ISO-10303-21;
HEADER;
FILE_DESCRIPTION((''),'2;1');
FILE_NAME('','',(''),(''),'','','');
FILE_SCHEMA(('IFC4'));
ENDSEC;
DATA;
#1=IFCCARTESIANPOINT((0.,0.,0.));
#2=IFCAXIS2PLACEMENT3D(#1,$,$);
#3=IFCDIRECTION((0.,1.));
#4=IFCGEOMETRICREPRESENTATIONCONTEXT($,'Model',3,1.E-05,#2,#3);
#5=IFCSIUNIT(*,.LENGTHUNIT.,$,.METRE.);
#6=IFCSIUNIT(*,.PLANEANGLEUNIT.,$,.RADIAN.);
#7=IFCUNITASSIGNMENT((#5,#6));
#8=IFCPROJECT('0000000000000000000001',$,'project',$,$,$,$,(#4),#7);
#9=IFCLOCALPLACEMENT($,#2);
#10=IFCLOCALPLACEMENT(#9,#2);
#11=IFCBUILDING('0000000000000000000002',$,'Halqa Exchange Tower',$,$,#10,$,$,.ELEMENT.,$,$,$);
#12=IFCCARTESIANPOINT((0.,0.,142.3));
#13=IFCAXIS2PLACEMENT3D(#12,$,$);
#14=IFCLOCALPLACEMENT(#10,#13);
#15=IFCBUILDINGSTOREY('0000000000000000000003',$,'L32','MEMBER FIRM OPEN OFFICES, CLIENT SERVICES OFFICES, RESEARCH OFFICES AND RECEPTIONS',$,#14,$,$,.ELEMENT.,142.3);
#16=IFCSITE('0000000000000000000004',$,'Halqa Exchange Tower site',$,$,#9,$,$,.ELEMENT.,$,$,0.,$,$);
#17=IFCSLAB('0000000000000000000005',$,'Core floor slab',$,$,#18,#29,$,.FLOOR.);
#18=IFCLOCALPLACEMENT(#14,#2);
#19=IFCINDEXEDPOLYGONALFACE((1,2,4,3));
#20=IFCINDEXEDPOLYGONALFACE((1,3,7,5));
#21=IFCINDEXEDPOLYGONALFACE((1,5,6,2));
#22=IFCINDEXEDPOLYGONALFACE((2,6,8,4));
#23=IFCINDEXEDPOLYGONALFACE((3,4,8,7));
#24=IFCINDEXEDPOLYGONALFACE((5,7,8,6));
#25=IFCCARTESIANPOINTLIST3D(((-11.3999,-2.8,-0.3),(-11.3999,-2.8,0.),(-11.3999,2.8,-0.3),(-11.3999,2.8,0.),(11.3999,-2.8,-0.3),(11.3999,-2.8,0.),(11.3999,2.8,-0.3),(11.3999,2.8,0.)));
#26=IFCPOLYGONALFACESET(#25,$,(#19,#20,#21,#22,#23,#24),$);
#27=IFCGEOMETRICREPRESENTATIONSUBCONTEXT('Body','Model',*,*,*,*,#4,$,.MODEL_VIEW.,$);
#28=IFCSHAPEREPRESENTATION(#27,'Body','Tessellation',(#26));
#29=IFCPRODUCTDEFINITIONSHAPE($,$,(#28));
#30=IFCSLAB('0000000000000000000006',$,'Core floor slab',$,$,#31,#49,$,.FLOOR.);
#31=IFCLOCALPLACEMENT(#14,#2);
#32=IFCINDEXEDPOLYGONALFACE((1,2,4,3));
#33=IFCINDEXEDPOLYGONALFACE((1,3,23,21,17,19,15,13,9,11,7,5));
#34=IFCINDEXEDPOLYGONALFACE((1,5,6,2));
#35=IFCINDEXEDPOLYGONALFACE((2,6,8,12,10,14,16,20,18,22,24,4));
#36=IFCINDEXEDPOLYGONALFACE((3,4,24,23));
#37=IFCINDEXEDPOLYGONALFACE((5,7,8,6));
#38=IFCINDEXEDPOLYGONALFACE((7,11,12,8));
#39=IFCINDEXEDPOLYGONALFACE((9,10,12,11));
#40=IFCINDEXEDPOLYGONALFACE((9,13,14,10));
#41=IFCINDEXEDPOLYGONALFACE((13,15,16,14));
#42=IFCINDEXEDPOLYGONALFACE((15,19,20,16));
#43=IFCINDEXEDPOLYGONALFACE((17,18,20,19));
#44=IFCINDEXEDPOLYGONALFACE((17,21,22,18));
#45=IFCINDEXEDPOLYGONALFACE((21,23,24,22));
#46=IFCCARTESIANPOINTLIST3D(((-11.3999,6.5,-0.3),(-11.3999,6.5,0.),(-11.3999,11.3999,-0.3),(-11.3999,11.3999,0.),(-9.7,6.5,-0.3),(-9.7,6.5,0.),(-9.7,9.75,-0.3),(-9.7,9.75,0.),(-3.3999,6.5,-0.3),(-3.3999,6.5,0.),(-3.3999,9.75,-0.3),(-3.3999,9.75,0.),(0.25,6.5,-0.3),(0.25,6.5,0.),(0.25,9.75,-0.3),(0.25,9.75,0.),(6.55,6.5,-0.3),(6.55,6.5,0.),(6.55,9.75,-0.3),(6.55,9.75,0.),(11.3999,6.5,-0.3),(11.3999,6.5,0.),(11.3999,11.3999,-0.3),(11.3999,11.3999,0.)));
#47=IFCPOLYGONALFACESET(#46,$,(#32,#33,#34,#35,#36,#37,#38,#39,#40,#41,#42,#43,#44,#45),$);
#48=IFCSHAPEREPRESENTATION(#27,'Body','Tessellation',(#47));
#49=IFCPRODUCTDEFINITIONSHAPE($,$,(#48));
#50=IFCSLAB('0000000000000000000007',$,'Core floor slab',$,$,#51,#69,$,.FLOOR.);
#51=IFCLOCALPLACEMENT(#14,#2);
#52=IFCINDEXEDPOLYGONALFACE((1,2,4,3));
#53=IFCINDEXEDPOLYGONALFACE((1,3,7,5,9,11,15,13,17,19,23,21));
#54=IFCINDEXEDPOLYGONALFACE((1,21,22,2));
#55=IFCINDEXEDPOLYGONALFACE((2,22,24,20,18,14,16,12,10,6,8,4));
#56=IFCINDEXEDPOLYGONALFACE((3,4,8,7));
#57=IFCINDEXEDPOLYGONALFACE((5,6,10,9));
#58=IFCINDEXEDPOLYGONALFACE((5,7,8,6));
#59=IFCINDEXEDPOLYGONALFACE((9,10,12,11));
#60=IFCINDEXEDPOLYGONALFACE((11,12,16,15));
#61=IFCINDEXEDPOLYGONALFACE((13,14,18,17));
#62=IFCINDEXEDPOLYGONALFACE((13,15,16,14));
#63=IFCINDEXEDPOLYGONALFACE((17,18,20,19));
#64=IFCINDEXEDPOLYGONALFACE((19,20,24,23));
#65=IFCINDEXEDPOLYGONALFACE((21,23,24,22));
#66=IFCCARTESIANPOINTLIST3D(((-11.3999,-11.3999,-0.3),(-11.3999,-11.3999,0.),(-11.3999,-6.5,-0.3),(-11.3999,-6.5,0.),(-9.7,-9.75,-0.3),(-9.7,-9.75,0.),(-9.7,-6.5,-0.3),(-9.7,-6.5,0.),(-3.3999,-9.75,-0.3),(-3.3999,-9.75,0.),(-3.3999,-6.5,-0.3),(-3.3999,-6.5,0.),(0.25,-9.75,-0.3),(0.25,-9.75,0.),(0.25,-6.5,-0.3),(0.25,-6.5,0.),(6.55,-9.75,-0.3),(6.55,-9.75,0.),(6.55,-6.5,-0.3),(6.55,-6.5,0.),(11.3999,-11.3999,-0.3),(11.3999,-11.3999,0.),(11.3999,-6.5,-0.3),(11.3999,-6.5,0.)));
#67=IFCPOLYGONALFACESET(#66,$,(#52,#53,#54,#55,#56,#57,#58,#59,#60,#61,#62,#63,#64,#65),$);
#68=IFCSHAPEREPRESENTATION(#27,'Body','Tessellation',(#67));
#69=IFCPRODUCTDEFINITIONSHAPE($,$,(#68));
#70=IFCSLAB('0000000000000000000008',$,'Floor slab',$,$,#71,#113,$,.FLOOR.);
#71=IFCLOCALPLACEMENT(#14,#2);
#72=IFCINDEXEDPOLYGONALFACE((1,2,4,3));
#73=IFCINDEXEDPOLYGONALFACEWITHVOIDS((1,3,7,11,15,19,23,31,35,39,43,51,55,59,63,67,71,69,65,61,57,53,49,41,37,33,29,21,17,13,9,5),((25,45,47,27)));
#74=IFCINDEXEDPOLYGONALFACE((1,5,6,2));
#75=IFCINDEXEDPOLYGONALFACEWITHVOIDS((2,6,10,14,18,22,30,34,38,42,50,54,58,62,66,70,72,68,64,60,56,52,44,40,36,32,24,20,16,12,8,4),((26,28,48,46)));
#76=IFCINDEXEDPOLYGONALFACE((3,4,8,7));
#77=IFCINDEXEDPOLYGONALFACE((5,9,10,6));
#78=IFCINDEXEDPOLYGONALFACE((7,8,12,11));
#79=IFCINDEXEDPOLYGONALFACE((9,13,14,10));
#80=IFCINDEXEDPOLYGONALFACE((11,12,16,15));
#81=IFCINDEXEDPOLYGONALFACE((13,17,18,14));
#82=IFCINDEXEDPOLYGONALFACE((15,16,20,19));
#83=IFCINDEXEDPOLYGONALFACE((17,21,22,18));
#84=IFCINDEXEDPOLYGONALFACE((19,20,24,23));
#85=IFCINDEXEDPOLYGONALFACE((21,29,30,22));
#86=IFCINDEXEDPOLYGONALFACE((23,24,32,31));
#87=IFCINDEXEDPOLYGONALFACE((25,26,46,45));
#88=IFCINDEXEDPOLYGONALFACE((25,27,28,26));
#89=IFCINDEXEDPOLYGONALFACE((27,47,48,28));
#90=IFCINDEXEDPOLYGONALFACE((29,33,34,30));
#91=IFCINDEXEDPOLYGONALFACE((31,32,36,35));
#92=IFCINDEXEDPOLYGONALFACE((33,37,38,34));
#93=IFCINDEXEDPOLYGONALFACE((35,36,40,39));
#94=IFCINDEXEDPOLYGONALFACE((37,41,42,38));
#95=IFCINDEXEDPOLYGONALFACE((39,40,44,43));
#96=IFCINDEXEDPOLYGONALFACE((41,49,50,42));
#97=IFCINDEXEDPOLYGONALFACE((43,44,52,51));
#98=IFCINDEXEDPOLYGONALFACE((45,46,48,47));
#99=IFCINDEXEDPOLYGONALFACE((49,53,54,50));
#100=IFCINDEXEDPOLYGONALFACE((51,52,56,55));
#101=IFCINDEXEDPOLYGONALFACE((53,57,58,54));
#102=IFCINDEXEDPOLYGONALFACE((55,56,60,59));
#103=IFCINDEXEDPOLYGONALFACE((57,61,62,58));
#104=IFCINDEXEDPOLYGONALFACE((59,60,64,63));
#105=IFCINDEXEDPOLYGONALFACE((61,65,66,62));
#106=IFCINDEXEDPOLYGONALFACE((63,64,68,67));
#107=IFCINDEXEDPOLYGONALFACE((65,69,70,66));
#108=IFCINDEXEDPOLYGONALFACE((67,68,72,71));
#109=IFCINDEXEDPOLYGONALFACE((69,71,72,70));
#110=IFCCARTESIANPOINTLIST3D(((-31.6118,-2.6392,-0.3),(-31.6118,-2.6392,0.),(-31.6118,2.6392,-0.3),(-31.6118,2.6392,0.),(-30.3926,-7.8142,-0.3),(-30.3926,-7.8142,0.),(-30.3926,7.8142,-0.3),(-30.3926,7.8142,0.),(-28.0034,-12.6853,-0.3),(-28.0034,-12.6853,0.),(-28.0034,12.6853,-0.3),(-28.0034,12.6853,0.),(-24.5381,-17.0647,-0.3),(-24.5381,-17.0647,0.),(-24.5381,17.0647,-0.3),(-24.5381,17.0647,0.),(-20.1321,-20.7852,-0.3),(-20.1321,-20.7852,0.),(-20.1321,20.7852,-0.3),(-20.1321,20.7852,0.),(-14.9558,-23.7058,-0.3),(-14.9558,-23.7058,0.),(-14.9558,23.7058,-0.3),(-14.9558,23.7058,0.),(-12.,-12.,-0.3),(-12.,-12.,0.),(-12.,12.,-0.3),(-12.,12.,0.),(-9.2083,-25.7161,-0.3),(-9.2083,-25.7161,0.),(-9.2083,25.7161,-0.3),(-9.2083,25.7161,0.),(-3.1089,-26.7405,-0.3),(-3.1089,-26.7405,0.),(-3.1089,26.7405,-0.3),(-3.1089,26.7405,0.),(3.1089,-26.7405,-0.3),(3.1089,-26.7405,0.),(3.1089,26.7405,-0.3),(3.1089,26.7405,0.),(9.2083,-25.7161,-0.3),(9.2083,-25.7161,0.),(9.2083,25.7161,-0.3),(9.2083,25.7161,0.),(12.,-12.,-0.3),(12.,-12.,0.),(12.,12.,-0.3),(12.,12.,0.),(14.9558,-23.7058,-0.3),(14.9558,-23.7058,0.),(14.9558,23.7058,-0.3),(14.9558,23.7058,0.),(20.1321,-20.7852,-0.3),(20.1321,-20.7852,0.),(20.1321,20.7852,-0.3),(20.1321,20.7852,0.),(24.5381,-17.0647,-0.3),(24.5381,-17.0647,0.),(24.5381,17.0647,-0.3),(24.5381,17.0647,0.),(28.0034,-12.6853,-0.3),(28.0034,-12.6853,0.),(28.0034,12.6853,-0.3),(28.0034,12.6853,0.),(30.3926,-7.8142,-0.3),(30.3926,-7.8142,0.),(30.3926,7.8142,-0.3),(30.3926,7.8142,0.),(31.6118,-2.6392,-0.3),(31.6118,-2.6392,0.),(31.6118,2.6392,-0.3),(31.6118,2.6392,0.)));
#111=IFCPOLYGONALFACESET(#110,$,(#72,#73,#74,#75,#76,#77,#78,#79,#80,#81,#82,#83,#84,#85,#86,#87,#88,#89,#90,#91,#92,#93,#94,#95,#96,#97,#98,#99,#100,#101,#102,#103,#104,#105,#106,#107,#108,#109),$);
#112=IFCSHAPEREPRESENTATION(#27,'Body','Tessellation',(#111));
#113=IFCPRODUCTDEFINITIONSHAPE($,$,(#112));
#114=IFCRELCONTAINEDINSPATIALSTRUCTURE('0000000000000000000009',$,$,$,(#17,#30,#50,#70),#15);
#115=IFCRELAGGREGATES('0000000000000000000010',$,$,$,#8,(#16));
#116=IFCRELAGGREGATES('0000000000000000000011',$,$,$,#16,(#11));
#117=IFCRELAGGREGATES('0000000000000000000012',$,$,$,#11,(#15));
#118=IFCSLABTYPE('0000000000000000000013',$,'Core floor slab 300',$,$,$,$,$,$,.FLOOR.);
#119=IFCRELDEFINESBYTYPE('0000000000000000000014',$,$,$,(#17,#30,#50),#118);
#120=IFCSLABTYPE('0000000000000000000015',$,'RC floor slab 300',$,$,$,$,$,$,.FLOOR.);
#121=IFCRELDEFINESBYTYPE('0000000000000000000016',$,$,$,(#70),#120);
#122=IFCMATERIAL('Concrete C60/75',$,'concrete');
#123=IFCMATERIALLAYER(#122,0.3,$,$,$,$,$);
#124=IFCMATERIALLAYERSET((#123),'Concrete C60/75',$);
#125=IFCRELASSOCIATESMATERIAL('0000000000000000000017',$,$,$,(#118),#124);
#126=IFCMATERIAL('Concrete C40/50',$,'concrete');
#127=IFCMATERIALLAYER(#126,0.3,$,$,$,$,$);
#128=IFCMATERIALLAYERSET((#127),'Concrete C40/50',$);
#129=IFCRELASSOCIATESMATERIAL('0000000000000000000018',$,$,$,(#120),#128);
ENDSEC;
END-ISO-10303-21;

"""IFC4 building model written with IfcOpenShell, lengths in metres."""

from ifc_helpers import new_model, si_unit, direction, frame, origin, place, context, subcontext, project, spatial, polyline, outline, extrude, material, layer, layer_set, type_object, element, save


model = new_model("IFC4")

# Units and contexts
model_context = context("Model", 3, precision=1e-05, world=origin(), true_north=direction((0.0, 1.0)))
body_context = subcontext(model_context, "Body", "Model", "MODEL_VIEW")
ifc_project = project(units=[si_unit("LENGTHUNIT", "METRE"), si_unit("PLANEANGLEUNIT", "RADIAN")], contexts=[model_context])

# Site, building, storey
site_placement = place(None, origin())
site = spatial("IfcSite", under=ifc_project, at=site_placement, Name="Halqa Exchange Tower site", CompositionType="ELEMENT", RefElevation=0.0)
building_placement = place(site_placement, origin())
building = spatial("IfcBuilding", under=site, at=building_placement, Name="Halqa Exchange Tower", CompositionType="ELEMENT")
storey_placement = place(building_placement, frame((0.0, 0.0, 142.3)))
storey = spatial("IfcBuildingStorey", under=building, at=storey_placement, Name="L32", Description="MEMBER FIRM OPEN OFFICES, CLIENT SERVICES OFFICES, RESEARCH OFFICES AND RECEPTIONS", CompositionType="ELEMENT", Elevation=142.3)

# Shared definitions
ifc_material_1 = material(Name="Concrete C60/75", Category="concrete")

# Slabs
ifc_layer_1 = layer(ifc_material_1, 0.3)
ifc_layer_set_1 = layer_set([ifc_layer_1], Name="Concrete C60/75")
slab_type_1 = type_object("IfcSlabType", Name="Core floor slab 300", PredefinedType="FLOOR", material=ifc_layer_set_1)
slab_1_placement = place(storey_placement, frame((0.0, 0.0, -0.3)))
element("IfcSlab", 1, at=slab_1_placement, inside=storey, type_object=slab_type_1, Name="Core floor slab", PredefinedType="FLOOR", context=body_context, shape_type="SweptSolid", body=[
    extrude(outline(polyline([(-11.3999, 2.8), (11.3999, 2.8), (11.3999, -2.8), (-11.3999, -2.8), (-11.3999, 2.8)])), origin(), (0.0, 0.0, 1.0), 0.3),
])
slab_2_placement = place(storey_placement, frame((0.0, 0.0, -0.3)))
element("IfcSlab", 2, at=slab_2_placement, inside=storey, type_object=slab_type_1, Name="Core floor slab", PredefinedType="FLOOR", context=body_context, shape_type="SweptSolid", body=[
    extrude(outline(polyline([(-11.3999, 11.3999), (11.3999, 11.3999), (11.3999, 6.5), (6.55, 6.5), (6.55, 9.75), (0.25, 9.75), (0.25, 6.5), (-3.3999, 6.5), (-3.3999, 9.75), (-9.7, 9.75), (-9.7, 6.5), (-11.3999, 6.5), (-11.3999, 11.3999)])), origin(), (0.0, 0.0, 1.0), 0.3),
])
slab_3_placement = place(storey_placement, frame((0.0, 0.0, -0.3)))
element("IfcSlab", 3, at=slab_3_placement, inside=storey, type_object=slab_type_1, Name="Core floor slab", PredefinedType="FLOOR", context=body_context, shape_type="SweptSolid", body=[
    extrude(outline(polyline([(-9.7, -9.75), (-3.3999, -9.75), (-3.3999, -6.5), (0.25, -6.5), (0.25, -9.75), (6.55, -9.75), (6.55, -6.5), (11.3999, -6.5), (11.3999, -11.3999), (-11.3999, -11.3999), (-11.3999, -6.5), (-9.7, -6.5), (-9.7, -9.75)])), origin(), (0.0, 0.0, 1.0), 0.3),
])
ifc_material_2 = material(Name="Concrete C40/50", Category="concrete")
ifc_layer_2 = layer(ifc_material_2, 0.3)
ifc_layer_set_2 = layer_set([ifc_layer_2], Name="Concrete C40/50")
slab_type_2 = type_object("IfcSlabType", Name="RC floor slab 300", PredefinedType="FLOOR", material=ifc_layer_set_2)
slab_4_placement = place(storey_placement, frame((0.0, 0.0, -0.3)))
element("IfcSlab", 4, at=slab_4_placement, inside=storey, type_object=slab_type_2, Name="Floor slab", PredefinedType="FLOOR", context=body_context, shape_type="SweptSolid", body=[
    extrude(outline(polyline([(31.6118, 2.6392), (30.3926, 7.8142), (28.0034, 12.6853), (24.5381, 17.0647), (20.1321, 20.7852), (14.9558, 23.7058), (9.2083, 25.7161), (3.1089, 26.7405), (-3.1089, 26.7405), (-9.2083, 25.7161), (-14.9558, 23.7058), (-20.1321, 20.7852), (-24.5381, 17.0647), (-28.0034, 12.6853), (-30.3926, 7.8142), (-31.6118, 2.6392), (-31.6118, -2.6392), (-30.3926, -7.8142), (-28.0034, -12.6853), (-24.5381, -17.0647), (-20.1321, -20.7852), (-14.9558, -23.7058), (-9.2083, -25.7161), (-3.1089, -26.7405), (3.1089, -26.7405), (9.2083, -25.7161), (14.9558, -23.7058), (20.1321, -20.7852), (24.5381, -17.0647), (28.0034, -12.6853), (30.3926, -7.8142), (31.6118, -2.6392), (31.6118, 2.6392)]), holes=[polyline([(-12.0, -12.0), (12.0, -12.0), (12.0, 12.0), (-12.0, 12.0), (-12.0, -12.0)])]), origin(), (0.0, 0.0, 1.0), 0.3),
])

save(model, "model.ifc")
